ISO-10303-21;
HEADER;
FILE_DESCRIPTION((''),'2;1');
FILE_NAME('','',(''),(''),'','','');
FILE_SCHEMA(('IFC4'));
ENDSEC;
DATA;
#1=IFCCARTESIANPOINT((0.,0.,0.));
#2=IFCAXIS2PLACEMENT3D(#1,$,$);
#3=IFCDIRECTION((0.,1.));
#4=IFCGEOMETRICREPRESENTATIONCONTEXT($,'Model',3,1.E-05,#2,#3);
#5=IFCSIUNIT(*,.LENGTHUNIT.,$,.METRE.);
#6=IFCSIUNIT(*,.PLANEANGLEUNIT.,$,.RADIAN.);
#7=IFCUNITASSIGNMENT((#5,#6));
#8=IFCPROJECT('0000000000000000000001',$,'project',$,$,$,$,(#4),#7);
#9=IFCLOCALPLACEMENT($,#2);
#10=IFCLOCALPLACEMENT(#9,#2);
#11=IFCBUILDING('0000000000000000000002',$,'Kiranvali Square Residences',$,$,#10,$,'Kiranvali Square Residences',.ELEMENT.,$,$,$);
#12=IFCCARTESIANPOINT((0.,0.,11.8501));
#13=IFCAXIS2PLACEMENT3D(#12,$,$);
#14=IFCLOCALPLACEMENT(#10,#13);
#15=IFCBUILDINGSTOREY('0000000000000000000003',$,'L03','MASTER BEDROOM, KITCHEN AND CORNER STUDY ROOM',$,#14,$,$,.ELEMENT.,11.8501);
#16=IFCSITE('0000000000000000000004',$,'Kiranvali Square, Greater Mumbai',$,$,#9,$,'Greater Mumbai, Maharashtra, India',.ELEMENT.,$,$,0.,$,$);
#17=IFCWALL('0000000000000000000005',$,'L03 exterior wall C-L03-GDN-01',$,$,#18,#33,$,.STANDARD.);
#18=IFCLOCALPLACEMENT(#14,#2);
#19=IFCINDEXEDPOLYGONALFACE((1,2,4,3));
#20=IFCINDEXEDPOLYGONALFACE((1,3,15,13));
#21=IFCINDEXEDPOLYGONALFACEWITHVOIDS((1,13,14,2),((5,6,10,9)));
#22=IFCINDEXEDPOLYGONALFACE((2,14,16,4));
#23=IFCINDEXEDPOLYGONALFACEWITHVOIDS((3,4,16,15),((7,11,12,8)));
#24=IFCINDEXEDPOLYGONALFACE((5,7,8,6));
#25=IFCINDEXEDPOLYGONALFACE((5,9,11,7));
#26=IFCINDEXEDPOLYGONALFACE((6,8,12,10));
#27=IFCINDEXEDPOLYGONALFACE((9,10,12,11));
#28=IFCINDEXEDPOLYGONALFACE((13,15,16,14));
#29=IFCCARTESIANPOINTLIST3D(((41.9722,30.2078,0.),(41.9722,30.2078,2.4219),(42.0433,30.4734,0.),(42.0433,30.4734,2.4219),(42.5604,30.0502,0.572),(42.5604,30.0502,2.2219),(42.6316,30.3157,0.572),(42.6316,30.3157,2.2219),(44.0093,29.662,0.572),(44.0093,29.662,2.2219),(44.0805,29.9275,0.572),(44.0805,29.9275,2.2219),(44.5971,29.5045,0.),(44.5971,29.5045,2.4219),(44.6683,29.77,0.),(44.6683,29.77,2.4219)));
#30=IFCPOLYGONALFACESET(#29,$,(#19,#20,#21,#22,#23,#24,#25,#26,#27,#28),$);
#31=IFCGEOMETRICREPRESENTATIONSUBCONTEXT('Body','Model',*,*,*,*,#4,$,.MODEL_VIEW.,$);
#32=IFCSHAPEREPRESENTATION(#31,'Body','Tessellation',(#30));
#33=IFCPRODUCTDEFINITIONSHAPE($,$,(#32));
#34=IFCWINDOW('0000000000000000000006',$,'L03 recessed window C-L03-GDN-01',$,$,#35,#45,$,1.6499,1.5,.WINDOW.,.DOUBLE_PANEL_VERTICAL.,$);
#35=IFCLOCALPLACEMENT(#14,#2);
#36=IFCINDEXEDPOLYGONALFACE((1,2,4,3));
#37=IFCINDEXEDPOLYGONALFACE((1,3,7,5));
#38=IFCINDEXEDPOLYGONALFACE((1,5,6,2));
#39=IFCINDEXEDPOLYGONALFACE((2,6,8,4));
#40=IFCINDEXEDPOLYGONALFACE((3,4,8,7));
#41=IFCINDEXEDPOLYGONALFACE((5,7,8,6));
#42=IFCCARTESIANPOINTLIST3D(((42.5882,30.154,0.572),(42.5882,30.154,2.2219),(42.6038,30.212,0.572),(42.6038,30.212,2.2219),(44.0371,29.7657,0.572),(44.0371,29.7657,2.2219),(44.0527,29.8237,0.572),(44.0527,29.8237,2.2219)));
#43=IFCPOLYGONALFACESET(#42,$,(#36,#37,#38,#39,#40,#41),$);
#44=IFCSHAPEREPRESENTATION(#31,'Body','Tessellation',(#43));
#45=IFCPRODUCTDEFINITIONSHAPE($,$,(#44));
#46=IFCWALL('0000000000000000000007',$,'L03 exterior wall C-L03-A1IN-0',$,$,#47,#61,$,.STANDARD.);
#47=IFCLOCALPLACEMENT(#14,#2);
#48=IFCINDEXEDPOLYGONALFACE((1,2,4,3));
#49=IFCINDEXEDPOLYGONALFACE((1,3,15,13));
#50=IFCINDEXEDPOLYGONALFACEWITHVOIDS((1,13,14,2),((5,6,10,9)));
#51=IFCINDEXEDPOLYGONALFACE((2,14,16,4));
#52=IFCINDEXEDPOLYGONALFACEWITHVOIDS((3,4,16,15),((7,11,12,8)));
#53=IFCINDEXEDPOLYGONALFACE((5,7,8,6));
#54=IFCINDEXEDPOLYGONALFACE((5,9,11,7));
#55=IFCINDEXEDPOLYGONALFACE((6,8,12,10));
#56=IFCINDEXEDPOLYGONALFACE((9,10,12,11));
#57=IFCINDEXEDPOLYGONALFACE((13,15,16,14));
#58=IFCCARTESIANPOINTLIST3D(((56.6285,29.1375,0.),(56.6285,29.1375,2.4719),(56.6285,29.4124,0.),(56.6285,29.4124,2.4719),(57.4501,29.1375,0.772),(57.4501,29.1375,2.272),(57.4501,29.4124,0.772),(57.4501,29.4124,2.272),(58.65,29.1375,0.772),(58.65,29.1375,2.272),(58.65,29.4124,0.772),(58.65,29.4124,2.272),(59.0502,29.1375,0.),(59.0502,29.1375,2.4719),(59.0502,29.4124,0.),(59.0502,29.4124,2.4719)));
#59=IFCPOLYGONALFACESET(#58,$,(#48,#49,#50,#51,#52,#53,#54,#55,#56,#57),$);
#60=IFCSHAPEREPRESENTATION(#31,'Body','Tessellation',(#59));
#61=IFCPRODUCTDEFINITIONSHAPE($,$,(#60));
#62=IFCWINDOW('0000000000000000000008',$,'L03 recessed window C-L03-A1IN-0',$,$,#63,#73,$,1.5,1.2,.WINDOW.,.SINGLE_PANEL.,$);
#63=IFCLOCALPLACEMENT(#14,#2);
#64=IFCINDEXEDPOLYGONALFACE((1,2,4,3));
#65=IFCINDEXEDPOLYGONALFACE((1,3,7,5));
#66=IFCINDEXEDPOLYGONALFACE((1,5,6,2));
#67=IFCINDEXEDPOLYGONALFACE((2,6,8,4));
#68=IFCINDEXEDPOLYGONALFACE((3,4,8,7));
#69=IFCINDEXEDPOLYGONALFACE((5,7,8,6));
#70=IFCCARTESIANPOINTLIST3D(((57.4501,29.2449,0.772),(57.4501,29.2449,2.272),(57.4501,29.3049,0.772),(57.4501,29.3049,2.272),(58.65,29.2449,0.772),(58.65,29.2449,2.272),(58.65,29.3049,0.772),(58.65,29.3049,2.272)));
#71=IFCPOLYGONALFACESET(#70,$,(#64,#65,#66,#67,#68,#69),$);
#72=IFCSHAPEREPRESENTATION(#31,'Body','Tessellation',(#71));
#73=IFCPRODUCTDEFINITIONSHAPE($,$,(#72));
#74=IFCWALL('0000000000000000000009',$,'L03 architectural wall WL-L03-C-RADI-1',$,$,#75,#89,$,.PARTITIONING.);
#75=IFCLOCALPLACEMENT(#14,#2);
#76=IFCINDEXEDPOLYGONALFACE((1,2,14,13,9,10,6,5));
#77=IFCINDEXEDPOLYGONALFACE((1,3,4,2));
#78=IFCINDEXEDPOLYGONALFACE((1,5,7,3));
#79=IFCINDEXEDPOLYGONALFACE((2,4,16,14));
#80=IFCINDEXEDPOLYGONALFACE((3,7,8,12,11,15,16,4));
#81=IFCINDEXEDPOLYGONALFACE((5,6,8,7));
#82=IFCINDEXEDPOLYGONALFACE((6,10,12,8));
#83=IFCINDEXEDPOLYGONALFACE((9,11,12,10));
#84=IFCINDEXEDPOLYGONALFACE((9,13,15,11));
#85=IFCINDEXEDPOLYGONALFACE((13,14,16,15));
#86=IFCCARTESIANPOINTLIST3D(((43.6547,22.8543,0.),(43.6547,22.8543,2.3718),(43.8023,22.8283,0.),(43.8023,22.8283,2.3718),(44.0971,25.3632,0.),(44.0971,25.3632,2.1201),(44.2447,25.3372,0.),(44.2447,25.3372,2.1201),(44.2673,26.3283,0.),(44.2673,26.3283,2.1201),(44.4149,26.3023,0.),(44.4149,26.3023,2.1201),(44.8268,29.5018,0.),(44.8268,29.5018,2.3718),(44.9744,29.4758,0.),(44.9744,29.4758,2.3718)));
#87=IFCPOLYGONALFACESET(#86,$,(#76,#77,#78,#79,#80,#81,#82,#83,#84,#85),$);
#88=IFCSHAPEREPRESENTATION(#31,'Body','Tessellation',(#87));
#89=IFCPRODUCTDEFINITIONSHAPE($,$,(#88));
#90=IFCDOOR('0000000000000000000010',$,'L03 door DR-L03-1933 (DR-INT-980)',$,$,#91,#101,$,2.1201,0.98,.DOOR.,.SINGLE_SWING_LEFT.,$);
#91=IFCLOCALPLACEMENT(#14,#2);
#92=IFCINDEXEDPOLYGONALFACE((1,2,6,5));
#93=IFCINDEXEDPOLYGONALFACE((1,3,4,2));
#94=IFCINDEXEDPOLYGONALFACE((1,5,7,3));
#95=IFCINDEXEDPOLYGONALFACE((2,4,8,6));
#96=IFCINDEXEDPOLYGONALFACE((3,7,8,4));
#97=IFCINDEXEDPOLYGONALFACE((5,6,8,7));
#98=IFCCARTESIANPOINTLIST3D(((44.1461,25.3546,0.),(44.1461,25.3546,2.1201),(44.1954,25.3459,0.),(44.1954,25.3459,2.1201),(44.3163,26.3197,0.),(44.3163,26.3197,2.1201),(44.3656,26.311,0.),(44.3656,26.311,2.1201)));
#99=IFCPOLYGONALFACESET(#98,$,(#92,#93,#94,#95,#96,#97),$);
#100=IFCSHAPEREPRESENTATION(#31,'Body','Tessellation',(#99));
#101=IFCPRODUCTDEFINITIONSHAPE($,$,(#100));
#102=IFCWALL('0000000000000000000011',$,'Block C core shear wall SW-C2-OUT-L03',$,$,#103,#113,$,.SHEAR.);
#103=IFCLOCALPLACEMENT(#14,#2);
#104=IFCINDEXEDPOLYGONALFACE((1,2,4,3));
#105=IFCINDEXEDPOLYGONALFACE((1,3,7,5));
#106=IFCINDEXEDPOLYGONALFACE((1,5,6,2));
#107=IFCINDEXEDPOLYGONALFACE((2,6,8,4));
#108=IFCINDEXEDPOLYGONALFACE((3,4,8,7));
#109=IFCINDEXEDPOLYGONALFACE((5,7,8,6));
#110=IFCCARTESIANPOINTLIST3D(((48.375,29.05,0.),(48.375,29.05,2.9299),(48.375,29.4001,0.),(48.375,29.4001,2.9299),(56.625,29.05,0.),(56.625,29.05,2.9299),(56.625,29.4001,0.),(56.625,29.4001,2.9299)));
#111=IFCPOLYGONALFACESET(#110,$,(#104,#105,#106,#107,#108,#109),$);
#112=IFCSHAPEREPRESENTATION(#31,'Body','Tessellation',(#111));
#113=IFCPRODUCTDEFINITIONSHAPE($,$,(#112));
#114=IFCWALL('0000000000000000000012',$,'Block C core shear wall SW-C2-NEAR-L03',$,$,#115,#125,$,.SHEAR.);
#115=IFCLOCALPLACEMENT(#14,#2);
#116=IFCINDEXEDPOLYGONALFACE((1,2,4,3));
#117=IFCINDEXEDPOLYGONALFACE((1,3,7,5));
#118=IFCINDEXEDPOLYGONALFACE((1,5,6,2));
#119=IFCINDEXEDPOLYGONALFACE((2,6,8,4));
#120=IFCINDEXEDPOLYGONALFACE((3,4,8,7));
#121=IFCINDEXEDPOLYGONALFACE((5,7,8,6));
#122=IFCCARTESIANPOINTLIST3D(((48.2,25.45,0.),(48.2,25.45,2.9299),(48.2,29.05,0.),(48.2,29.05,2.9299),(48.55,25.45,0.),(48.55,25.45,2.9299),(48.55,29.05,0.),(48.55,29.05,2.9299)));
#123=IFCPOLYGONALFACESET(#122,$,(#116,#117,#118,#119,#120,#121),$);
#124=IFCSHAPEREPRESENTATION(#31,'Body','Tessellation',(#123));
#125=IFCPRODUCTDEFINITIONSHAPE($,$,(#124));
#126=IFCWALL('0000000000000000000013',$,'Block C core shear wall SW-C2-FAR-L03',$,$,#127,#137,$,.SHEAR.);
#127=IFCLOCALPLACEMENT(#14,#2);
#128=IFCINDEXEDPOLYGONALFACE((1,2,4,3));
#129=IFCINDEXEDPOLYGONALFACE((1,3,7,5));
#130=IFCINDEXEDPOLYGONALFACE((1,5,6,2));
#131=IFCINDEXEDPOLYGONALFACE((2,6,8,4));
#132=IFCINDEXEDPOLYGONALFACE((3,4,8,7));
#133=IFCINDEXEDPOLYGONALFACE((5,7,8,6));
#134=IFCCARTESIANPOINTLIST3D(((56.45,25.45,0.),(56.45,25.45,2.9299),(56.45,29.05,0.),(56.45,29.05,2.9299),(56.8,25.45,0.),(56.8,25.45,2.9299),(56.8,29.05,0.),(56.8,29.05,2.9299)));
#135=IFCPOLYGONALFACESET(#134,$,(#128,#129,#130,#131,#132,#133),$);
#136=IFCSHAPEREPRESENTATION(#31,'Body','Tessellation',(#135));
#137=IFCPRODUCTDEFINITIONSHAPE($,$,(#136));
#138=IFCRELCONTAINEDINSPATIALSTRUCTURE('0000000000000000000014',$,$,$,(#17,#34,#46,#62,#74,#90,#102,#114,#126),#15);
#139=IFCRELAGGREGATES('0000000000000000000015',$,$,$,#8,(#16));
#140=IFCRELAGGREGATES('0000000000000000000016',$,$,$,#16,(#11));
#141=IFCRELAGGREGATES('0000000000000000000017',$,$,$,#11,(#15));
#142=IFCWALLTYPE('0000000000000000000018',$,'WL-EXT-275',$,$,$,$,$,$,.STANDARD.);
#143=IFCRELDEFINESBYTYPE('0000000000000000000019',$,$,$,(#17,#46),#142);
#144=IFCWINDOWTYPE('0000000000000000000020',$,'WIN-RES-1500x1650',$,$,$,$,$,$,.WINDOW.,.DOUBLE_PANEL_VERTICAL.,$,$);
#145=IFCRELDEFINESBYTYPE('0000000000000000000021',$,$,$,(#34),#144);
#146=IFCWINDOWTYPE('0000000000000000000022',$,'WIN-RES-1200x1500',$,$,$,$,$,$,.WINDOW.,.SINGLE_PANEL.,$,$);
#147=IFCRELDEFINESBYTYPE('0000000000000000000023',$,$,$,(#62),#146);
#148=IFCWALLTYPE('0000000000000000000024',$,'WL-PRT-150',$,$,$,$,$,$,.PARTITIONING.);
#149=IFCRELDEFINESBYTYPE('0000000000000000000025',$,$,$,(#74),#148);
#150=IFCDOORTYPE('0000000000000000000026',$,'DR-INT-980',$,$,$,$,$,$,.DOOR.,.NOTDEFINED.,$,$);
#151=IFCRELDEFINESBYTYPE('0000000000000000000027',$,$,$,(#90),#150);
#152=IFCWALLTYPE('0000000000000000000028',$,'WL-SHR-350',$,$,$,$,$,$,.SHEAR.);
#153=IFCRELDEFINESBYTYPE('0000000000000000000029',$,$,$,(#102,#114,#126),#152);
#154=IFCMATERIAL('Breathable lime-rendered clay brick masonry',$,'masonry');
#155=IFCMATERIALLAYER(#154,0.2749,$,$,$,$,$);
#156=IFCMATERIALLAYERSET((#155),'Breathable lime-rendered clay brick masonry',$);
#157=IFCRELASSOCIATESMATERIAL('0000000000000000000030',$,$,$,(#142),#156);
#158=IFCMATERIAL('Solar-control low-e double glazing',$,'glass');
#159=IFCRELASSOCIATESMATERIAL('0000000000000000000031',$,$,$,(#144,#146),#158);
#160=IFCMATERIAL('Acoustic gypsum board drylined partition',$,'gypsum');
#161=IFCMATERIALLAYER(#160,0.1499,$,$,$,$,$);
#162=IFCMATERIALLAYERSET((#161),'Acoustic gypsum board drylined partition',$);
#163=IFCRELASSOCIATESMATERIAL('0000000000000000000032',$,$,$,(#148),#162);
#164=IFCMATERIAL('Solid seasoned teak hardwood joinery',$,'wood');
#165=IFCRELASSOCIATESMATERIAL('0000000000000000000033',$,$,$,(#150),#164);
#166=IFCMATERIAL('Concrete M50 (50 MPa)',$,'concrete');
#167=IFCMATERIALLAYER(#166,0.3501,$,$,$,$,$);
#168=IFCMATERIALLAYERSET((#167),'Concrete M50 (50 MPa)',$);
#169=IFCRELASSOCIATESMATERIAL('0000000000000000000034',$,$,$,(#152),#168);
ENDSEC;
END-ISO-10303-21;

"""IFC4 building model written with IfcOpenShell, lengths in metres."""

from ifc_helpers import new_model, si_unit, direction, frame, frame_2d, origin, place, context, subcontext, project, spatial, rectangle, extrude, material, layer, layer_set, type_object, element, fill, save


model = new_model("IFC4")

# Units and contexts
model_context = context("Model", 3, precision=1e-05, world=origin(), true_north=direction((0.0, 1.0)))
body_context = subcontext(model_context, "Body", "Model", "MODEL_VIEW")
ifc_project = project(units=[si_unit("LENGTHUNIT", "METRE"), si_unit("PLANEANGLEUNIT", "RADIAN")], contexts=[model_context])

# Site, building, storey
site_placement = place(None, origin())
site = spatial("IfcSite", under=ifc_project, at=site_placement, Name="Kiranvali Square, Greater Mumbai", LongName="Greater Mumbai, Maharashtra, India", CompositionType="ELEMENT", RefElevation=0.0)
building_placement = place(site_placement, origin())
building = spatial("IfcBuilding", under=site, at=building_placement, Name="Kiranvali Square Residences", LongName="Kiranvali Square Residences", CompositionType="ELEMENT")
storey_placement = place(building_placement, frame((0.0, 0.0, 11.8501)))
storey = spatial("IfcBuildingStorey", under=building, at=storey_placement, Name="L03", Description="MASTER BEDROOM, KITCHEN AND CORNER STUDY ROOM", CompositionType="ELEMENT", Elevation=11.8501)

# Shared definitions
ifc_material_1 = material(Name="Concrete M50 (50 MPa)", Category="concrete")

# Wall, opening, window
ifc_material_2 = material(Name="Breathable lime-rendered clay brick masonry", Category="masonry")
ifc_layer_1 = layer(ifc_material_2, 0.2749)
ifc_layer_set_1 = layer_set([ifc_layer_1], Name="Breathable lime-rendered clay brick masonry")
wall_type_1 = type_object("IfcWallType", Name="WL-EXT-275", PredefinedType="STANDARD", material=ifc_layer_set_1)
ifc_material_3 = material(Name="Solar-control low-e double glazing", Category="glass")
wall_1_placement = place(storey_placement, frame((44.6328, 29.6372, 0.0), z_axis=(0.0, 0.0, 1.0), x_axis=(-0.965926, 0.25882, 0.0)))
wall_1 = element("IfcWall", 1, at=wall_1_placement, inside=storey, type_object=wall_type_1, Name="L03 exterior wall C-L03-GDN-01", PredefinedType="STANDARD", context=body_context, shape_type="SweptSolid", body=[
    extrude(rectangle(XDim=2.7175, YDim=0.2749, at=frame_2d((1.3589, 0.0))), origin(), (0.0, 0.0, 1.0), 2.4219),
])
opening_1_placement = place(wall_1_placement, frame((0.6086, 0.0, 0.572)))
opening_1 = element("IfcOpeningElement", 2, at=opening_1_placement, cuts=wall_1, PredefinedType="OPENING", context=body_context, shape_type="SweptSolid", body=[
    extrude(rectangle(XDim=1.5, YDim=1.6499, at=frame_2d((0.75, 0.825))), frame((0.0, 0.1475, 0.0), z_axis=(0.0, -1.0, 0.0), x_axis=(1.0, 0.0, 0.0)), (0.0, 0.0, 1.0), 0.2949),
])
window_type_1 = type_object("IfcWindowType", Name="WIN-RES-1500x1650", PartitioningType="DOUBLE_PANEL_VERTICAL", PredefinedType="WINDOW", material=ifc_material_3)
window_1_placement = place(opening_1_placement, origin())
window_1 = element("IfcWindow", 3, at=window_1_placement, inside=storey, type_object=window_type_1, Name="L03 recessed window C-L03-GDN-01", OverallHeight=1.6499, OverallWidth=1.5, PartitioningType="DOUBLE_PANEL_VERTICAL", PredefinedType="WINDOW", context=body_context, shape_type="SweptSolid", body=[
    extrude(rectangle(XDim=1.5, YDim=1.6499, at=frame_2d((0.75, 0.825))), frame((0.0, 0.03, 0.0), z_axis=(0.0, -1.0, 0.0), x_axis=(1.0, 0.0, 0.0)), (0.0, 0.0, 1.0), 0.0601),
])
fill(opening_1, window_1)

# Wall, opening, window
wall_2_placement = place(storey_placement, frame((56.6284, 29.2749, 0.0), z_axis=(0.0, 0.0, 1.0), x_axis=(1.0, 0.0, 0.0)))
wall_2 = element("IfcWall", 4, at=wall_2_placement, inside=storey, type_object=wall_type_1, Name="L03 exterior wall C-L03-A1IN-0", PredefinedType="STANDARD", context=body_context, shape_type="SweptSolid", body=[
    extrude(rectangle(XDim=2.4216, YDim=0.2749, at=frame_2d((1.2109, 0.0))), origin(), (0.0, 0.0, 1.0), 2.4719),
])
opening_2_placement = place(wall_2_placement, frame((0.8215, 0.0, 0.772)))
opening_2 = element("IfcOpeningElement", 5, at=opening_2_placement, cuts=wall_2, PredefinedType="OPENING", context=body_context, shape_type="SweptSolid", body=[
    extrude(rectangle(XDim=1.2, YDim=1.5, at=frame_2d((0.6001, 0.75))), frame((0.0, 0.1475, 0.0), z_axis=(0.0, -1.0, 0.0), x_axis=(1.0, 0.0, 0.0)), (0.0, 0.0, 1.0), 0.2949),
])
window_type_2 = type_object("IfcWindowType", Name="WIN-RES-1200x1500", PartitioningType="SINGLE_PANEL", PredefinedType="WINDOW", material=ifc_material_3)
window_2_placement = place(opening_2_placement, origin())
window_2 = element("IfcWindow", 6, at=window_2_placement, inside=storey, type_object=window_type_2, Name="L03 recessed window C-L03-A1IN-0", OverallHeight=1.5, OverallWidth=1.2, PartitioningType="SINGLE_PANEL", PredefinedType="WINDOW", context=body_context, shape_type="SweptSolid", body=[
    extrude(rectangle(XDim=1.2, YDim=1.5, at=frame_2d((0.6001, 0.75))), frame((0.0, 0.03, 0.0), z_axis=(0.0, -1.0, 0.0), x_axis=(1.0, 0.0, 0.0)), (0.0, 0.0, 1.0), 0.0601),
])
fill(opening_2, window_2)

# Wall, opening, door
ifc_material_4 = material(Name="Acoustic gypsum board drylined partition", Category="gypsum")
ifc_layer_2 = layer(ifc_material_4, 0.1499)
ifc_layer_set_2 = layer_set([ifc_layer_2], Name="Acoustic gypsum board drylined partition")
wall_type_2 = type_object("IfcWallType", Name="WL-PRT-150", PredefinedType="PARTITIONING", material=ifc_layer_set_2)
wall_3_placement = place(storey_placement, frame((44.9006, 29.4888, 0.0), z_axis=(0.0, 0.0, 1.0), x_axis=(-0.173647, -0.984808, 0.0)))
wall_3 = element("IfcWall", 7, at=wall_3_placement, inside=storey, type_object=wall_type_2, Name="L03 architectural wall WL-L03-C-RADI-1", PredefinedType="PARTITIONING", context=body_context, shape_type="SweptSolid", body=[
    extrude(rectangle(XDim=6.75, YDim=0.1499, at=frame_2d((3.375, 0.0))), origin(), (0.0, 0.0, 1.0), 2.3718),
])
opening_3_placement = place(wall_3_placement, frame((3.2224, 0.0, 0.0)))
opening_3 = element("IfcOpeningElement", 8, at=opening_3_placement, cuts=wall_3, PredefinedType="OPENING", context=body_context, shape_type="SweptSolid", body=[
    extrude(rectangle(XDim=0.98, YDim=2.1201, at=frame_2d((0.49, 1.0601))), frame((0.0, 0.085, 0.0), z_axis=(0.0, -1.0, 0.0), x_axis=(1.0, 0.0, 0.0)), (0.0, 0.0, 1.0), 0.1699),
])
ifc_material_5 = material(Name="Solid seasoned teak hardwood joinery", Category="wood")
door_type_1 = type_object("IfcDoorType", Name="DR-INT-980", OperationType="NOTDEFINED", PredefinedType="DOOR", material=ifc_material_5)
door_1_placement = place(opening_3_placement, origin())
door_1 = element("IfcDoor", 9, at=door_1_placement, inside=storey, type_object=door_type_1, Name="L03 door DR-L03-1933 (DR-INT-980)", OperationType="SINGLE_SWING_LEFT", OverallHeight=2.1201, OverallWidth=0.98, PredefinedType="DOOR", context=body_context, shape_type="SweptSolid", body=[
    extrude(rectangle(XDim=0.98, YDim=2.1201, at=frame_2d((0.49, 1.0601))), frame((0.0, 0.0249, 0.0), z_axis=(0.0, -1.0, 0.0), x_axis=(1.0, 0.0, 0.0)), (0.0, 0.0, 1.0), 0.05),
])
fill(opening_3, door_1)

# Walls
ifc_layer_3 = layer(ifc_material_1, 0.3501)
ifc_layer_set_3 = layer_set([ifc_layer_3], Name="Concrete M50 (50 MPa)")
wall_type_3 = type_object("IfcWallType", Name="WL-SHR-350", PredefinedType="SHEAR", material=ifc_layer_set_3)
wall_4_placement = place(storey_placement, frame((48.375, 29.2251, 0.0), z_axis=(0.0, 0.0, 1.0), x_axis=(1.0, 0.0, 0.0)))
element("IfcWall", 10, at=wall_4_placement, inside=storey, type_object=wall_type_3, Name="Block C core shear wall SW-C2-OUT-L03", PredefinedType="SHEAR", context=body_context, shape_type="SweptSolid", body=[
    extrude(rectangle(XDim=8.25, YDim=0.3501, at=frame_2d((4.125, 0.0))), origin(), (0.0, 0.0, 1.0), 2.9299),
])
for number, where, z_axis, x_axis, name in (
    (11, (48.375, 29.05, 0.0), (0.0, 0.0, 1.0), (0.0, -1.0, 0.0), "Block C core shear wall SW-C2-NEAR-L03"),
    (12, (56.625, 29.05, 0.0), (0.0, 0.0, 1.0), (0.0, -1.0, 0.0), "Block C core shear wall SW-C2-FAR-L03"),
):
    element("IfcWall", number, at=place(storey_placement, frame(where, z_axis=z_axis, x_axis=x_axis)), inside=storey, type_object=wall_type_3, Name=name, PredefinedType="SHEAR", context=body_context, shape_type="SweptSolid", body=[
        extrude(rectangle(XDim=3.6001, YDim=0.3501, at=frame_2d((1.8, 0.0))), origin(), (0.0, 0.0, 1.0), 2.9299),
    ])

save(model, "model.ifc")
